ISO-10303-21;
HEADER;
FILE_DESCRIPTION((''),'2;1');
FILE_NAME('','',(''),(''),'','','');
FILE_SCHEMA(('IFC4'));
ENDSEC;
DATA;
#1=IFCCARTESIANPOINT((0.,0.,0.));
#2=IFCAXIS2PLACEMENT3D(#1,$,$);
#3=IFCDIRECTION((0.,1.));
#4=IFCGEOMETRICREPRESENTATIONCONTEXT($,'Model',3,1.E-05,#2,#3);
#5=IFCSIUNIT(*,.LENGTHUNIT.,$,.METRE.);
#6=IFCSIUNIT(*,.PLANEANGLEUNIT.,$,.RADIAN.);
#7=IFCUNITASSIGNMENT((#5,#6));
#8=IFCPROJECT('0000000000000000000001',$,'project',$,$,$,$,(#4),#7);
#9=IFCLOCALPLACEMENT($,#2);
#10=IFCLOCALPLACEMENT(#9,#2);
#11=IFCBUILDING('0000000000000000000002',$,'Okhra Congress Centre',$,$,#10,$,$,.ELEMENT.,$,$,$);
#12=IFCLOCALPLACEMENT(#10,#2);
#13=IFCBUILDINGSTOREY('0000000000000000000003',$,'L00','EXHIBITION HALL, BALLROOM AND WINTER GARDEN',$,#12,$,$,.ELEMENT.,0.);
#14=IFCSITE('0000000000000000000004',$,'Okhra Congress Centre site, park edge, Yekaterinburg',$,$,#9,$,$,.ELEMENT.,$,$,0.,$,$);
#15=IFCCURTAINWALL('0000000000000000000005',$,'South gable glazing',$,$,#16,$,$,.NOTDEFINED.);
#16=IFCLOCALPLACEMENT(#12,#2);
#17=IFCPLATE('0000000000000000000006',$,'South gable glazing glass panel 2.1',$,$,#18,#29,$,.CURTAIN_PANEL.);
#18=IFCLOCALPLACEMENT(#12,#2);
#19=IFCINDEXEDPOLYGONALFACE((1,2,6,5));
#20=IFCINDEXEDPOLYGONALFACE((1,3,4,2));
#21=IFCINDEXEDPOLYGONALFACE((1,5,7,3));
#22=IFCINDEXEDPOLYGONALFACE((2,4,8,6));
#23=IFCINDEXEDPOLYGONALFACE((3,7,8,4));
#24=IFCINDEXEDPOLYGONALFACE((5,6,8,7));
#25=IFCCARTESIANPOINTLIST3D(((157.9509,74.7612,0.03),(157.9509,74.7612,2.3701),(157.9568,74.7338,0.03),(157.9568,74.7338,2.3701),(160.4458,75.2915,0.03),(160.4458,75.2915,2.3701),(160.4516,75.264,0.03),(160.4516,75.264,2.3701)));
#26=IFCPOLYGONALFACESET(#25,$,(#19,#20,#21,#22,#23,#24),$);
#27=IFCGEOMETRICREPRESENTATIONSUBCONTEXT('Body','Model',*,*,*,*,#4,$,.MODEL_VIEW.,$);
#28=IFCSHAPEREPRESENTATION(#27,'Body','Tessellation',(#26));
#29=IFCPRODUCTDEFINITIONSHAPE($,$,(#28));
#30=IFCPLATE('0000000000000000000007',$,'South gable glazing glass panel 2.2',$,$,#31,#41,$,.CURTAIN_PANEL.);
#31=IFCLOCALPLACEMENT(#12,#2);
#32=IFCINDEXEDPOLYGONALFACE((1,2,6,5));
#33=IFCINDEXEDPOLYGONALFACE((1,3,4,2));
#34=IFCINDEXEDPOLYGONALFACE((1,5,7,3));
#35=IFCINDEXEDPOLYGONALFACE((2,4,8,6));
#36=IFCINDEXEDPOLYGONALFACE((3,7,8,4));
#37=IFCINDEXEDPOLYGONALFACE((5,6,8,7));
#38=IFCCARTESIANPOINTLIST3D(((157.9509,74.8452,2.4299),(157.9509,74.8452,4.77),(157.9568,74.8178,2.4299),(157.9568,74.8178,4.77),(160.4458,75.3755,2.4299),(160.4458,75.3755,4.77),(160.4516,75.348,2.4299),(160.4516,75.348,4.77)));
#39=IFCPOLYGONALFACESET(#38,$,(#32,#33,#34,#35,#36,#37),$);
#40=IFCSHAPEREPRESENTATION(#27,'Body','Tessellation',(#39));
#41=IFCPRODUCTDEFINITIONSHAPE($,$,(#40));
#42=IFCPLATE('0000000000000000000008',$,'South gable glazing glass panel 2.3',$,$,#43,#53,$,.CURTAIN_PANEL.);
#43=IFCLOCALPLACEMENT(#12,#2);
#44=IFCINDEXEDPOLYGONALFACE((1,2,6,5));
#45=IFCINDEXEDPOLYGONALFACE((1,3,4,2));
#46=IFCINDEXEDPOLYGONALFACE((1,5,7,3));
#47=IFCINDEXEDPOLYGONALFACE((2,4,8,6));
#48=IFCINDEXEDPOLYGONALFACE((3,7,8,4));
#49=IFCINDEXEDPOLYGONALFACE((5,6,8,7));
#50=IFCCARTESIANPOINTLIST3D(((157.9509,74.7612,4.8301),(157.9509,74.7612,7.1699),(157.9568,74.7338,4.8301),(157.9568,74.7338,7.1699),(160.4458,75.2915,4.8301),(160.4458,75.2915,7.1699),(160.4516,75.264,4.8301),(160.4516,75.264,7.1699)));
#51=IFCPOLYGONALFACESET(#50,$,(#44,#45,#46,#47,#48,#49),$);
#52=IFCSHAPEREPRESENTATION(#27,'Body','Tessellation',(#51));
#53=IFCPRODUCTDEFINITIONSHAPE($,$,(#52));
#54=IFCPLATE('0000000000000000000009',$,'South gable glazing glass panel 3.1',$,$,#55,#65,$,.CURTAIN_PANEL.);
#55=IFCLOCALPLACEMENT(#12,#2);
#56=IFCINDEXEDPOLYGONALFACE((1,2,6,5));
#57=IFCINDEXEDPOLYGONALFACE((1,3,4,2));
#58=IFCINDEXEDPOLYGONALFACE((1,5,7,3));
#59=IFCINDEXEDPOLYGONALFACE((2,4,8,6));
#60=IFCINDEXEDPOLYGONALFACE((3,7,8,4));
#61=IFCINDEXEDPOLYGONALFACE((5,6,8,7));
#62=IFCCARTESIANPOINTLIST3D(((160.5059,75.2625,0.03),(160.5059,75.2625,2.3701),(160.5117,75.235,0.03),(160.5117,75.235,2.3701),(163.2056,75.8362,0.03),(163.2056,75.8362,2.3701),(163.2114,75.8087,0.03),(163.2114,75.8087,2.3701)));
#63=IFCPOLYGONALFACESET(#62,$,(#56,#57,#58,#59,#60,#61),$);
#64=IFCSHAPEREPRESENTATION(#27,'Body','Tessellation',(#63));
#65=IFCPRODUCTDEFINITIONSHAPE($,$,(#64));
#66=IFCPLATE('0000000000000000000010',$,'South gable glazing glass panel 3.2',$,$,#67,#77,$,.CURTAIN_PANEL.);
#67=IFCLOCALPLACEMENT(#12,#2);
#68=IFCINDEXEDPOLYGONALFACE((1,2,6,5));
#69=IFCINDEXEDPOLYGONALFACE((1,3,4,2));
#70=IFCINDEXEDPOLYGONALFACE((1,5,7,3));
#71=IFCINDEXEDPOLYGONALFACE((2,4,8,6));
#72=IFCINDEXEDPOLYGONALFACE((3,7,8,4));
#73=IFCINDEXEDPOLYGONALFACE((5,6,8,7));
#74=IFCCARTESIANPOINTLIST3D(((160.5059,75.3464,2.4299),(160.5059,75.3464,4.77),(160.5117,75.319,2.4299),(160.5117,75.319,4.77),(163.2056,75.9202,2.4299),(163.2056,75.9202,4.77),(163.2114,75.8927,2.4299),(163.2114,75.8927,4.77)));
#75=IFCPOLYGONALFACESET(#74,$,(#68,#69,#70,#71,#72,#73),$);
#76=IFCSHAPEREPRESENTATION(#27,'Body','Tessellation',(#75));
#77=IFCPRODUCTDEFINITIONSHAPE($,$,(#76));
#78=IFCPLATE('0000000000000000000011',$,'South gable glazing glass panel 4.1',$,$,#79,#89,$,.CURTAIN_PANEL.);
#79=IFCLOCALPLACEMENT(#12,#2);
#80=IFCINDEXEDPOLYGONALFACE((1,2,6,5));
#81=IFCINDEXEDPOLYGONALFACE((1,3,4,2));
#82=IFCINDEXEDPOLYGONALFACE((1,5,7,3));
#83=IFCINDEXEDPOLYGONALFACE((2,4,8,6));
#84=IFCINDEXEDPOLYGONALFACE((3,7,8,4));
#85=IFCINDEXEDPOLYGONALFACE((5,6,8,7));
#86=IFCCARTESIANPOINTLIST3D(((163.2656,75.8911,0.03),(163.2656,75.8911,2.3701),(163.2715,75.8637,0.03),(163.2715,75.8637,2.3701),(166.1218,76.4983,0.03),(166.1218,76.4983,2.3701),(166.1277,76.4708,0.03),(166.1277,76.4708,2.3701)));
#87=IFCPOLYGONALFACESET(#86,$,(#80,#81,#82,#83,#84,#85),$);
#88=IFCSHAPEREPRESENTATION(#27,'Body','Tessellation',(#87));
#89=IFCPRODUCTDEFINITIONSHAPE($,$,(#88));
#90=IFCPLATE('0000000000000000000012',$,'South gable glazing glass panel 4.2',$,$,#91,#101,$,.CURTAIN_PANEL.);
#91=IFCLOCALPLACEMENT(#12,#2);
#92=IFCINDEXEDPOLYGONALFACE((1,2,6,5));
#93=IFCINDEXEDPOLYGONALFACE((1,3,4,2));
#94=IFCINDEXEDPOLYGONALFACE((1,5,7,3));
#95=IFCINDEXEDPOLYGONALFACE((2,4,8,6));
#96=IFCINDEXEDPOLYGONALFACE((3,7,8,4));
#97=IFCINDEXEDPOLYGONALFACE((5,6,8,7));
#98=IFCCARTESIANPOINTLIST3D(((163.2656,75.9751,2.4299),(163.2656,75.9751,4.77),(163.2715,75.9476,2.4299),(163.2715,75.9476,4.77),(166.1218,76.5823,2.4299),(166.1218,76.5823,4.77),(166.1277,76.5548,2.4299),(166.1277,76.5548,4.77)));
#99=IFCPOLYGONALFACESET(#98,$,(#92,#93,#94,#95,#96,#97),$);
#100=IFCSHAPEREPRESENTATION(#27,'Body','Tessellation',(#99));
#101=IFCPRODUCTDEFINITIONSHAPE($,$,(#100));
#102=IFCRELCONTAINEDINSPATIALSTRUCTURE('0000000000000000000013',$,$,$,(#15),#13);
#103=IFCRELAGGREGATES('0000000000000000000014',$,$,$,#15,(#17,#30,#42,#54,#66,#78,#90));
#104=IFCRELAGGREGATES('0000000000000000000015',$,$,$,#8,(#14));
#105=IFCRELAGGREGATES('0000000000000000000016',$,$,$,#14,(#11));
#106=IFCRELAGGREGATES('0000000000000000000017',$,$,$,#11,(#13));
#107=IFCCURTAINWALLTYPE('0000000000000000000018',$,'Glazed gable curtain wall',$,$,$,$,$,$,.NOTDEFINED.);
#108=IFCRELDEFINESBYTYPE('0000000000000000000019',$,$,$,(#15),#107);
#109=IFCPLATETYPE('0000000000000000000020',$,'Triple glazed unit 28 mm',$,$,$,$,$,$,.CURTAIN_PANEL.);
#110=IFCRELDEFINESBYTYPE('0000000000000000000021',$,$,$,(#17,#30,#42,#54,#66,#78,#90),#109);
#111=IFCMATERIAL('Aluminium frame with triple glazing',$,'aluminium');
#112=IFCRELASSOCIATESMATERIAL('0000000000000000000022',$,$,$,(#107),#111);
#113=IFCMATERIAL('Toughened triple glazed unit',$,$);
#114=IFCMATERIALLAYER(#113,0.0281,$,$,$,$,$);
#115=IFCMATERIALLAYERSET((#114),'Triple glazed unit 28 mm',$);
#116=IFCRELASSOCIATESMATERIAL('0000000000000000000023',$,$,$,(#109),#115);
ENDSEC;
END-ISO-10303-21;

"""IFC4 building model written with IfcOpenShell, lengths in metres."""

from ifc_helpers import new_model, si_unit, direction, frame, origin, place, context, subcontext, project, spatial, polyline, outline, extrude, material, layer, layer_set, type_object, element, aggregate, save


model = new_model("IFC4")

# Units and contexts
model_context = context("Model", 3, precision=1e-05, world=origin(), true_north=direction((0.0, 1.0)))
body_context = subcontext(model_context, "Body", "Model", "MODEL_VIEW")
ifc_project = project(units=[si_unit("LENGTHUNIT", "METRE"), si_unit("PLANEANGLEUNIT", "RADIAN")], contexts=[model_context])

# Site, building, storey
site_placement = place(None, origin())
site = spatial("IfcSite", under=ifc_project, at=site_placement, Name="Okhra Congress Centre site, park edge, Yekaterinburg", CompositionType="ELEMENT", RefElevation=0.0)
building_placement = place(site_placement, origin())
building = spatial("IfcBuilding", under=site, at=building_placement, Name="Okhra Congress Centre", CompositionType="ELEMENT")
storey_placement = place(building_placement, origin())
storey = spatial("IfcBuildingStorey", under=building, at=storey_placement, Name="L00", Description="EXHIBITION HALL, BALLROOM AND WINTER GARDEN", CompositionType="ELEMENT", Elevation=0.0)

# Curtain wall, plates
ifc_material_1 = material(Name="Aluminium frame with triple glazing", Category="aluminium")
curtain_wall_type = type_object("IfcCurtainWallType", Name="Glazed gable curtain wall", PredefinedType="NOTDEFINED", material=ifc_material_1)
curtain_wall_placement = place(storey_placement, origin())
curtain_wall = element("IfcCurtainWall", 1, at=curtain_wall_placement, inside=storey, type_object=curtain_wall_type, Name="South gable glazing", PredefinedType="NOTDEFINED")
ifc_material_2 = material(Name="Toughened triple glazed unit")
ifc_layer = layer(ifc_material_2, 0.0281)
ifc_layer_set = layer_set([ifc_layer], Name="Triple glazed unit 28 mm")
plate_type = type_object("IfcPlateType", Name="Triple glazed unit 28 mm", PredefinedType="CURTAIN_PANEL", material=ifc_layer_set)
plate_1_placement = place(storey_placement, frame((160.4458, 75.2915, 0.03), z_axis=(-0.207901, 0.97815, 0.0), x_axis=(-0.97815, -0.207901, 0.0)))
plate_1 = element("IfcPlate", 2, at=plate_1_placement, type_object=plate_type, Name="South gable glazing glass panel 2.1", PredefinedType="CURTAIN_PANEL", context=body_context, shape_type="SweptSolid", body=[
    extrude(outline(polyline([(0.0, 0.0), (2.5506, 0.0), (2.5506, 2.3401), (0.0, 2.3401), (0.0, 0.0)])), origin(), (0.0, 0.0, -1.0), 0.0281),
])
plate_2_placement = place(storey_placement, frame((160.4458, 75.3755, 2.4299), z_axis=(-0.207901, 0.97815, 0.0), x_axis=(-0.97815, -0.207901, 0.0)))
plate_2 = element("IfcPlate", 3, at=plate_2_placement, type_object=plate_type, Name="South gable glazing glass panel 2.2", PredefinedType="CURTAIN_PANEL", context=body_context, shape_type="SweptSolid", body=[
    extrude(outline(polyline([(0.0, 0.0), (2.5506, 0.0), (2.5506, 2.3401), (0.0, 2.3401), (0.0, 0.0)])), origin(), (0.0, 0.0, -1.0), 0.0281),
])
plate_3_placement = place(storey_placement, frame((160.4458, 75.2915, 4.8301), z_axis=(-0.207901, 0.97815, 0.0), x_axis=(-0.97815, -0.207901, 0.0)))
plate_3 = element("IfcPlate", 4, at=plate_3_placement, type_object=plate_type, Name="South gable glazing glass panel 2.3", PredefinedType="CURTAIN_PANEL", context=body_context, shape_type="SweptSolid", body=[
    extrude(outline(polyline([(0.0, 0.0), (2.5506, 0.0), (2.5506, 2.3398), (0.0, 2.3398), (0.0, 0.0)])), origin(), (0.0, 0.0, -1.0), 0.0281),
])
plate_4_placement = place(storey_placement, frame((163.2056, 75.8362, 0.03), z_axis=(-0.207874, 0.978156, 0.0), x_axis=(-0.978156, -0.207874, 0.0)))
plate_4 = element("IfcPlate", 5, at=plate_4_placement, type_object=plate_type, Name="South gable glazing glass panel 3.1", PredefinedType="CURTAIN_PANEL", context=body_context, shape_type="SweptSolid", body=[
    extrude(outline(polyline([(0.0, 0.0), (2.76, 0.0), (2.76, 2.3401), (0.0, 2.3401), (0.0, 0.0)])), origin(), (0.0, 0.0, -1.0), 0.0281),
])
plate_5_placement = place(storey_placement, frame((163.2056, 75.9202, 2.4299), z_axis=(-0.207874, 0.978156, 0.0), x_axis=(-0.978156, -0.207874, 0.0)))
plate_5 = element("IfcPlate", 6, at=plate_5_placement, type_object=plate_type, Name="South gable glazing glass panel 3.2", PredefinedType="CURTAIN_PANEL", context=body_context, shape_type="SweptSolid", body=[
    extrude(outline(polyline([(0.0, 0.0), (2.76, 0.0), (2.76, 2.3401), (0.0, 2.3401), (0.0, 0.0)])), origin(), (0.0, 0.0, -1.0), 0.0281),
])
plate_6_placement = place(storey_placement, frame((166.1218, 76.4983, 0.03), z_axis=(-0.207936, 0.978142, 0.0), x_axis=(-0.978142, -0.207936, 0.0)))
plate_6 = element("IfcPlate", 7, at=plate_6_placement, type_object=plate_type, Name="South gable glazing glass panel 4.1", PredefinedType="CURTAIN_PANEL", context=body_context, shape_type="SweptSolid", body=[
    extrude(outline(polyline([(0.0, 0.0), (2.92, 0.0), (2.92, 2.3401), (0.0, 2.3401), (0.0, 0.0)])), origin(), (0.0, 0.0, -1.0), 0.0281),
])
plate_7_placement = place(storey_placement, frame((166.1218, 76.5823, 2.4299), z_axis=(-0.207936, 0.978142, 0.0), x_axis=(-0.978142, -0.207936, 0.0)))
plate_7 = element("IfcPlate", 8, at=plate_7_placement, type_object=plate_type, Name="South gable glazing glass panel 4.2", PredefinedType="CURTAIN_PANEL", context=body_context, shape_type="SweptSolid", body=[
    extrude(outline(polyline([(0.0, 0.0), (2.92, 0.0), (2.92, 2.3401), (0.0, 2.3401), (0.0, 0.0)])), origin(), (0.0, 0.0, -1.0), 0.0281),
])
aggregate(curtain_wall, [plate_1, plate_2, plate_3, plate_4, plate_5, plate_6, plate_7])

save(model, "model.ifc")
